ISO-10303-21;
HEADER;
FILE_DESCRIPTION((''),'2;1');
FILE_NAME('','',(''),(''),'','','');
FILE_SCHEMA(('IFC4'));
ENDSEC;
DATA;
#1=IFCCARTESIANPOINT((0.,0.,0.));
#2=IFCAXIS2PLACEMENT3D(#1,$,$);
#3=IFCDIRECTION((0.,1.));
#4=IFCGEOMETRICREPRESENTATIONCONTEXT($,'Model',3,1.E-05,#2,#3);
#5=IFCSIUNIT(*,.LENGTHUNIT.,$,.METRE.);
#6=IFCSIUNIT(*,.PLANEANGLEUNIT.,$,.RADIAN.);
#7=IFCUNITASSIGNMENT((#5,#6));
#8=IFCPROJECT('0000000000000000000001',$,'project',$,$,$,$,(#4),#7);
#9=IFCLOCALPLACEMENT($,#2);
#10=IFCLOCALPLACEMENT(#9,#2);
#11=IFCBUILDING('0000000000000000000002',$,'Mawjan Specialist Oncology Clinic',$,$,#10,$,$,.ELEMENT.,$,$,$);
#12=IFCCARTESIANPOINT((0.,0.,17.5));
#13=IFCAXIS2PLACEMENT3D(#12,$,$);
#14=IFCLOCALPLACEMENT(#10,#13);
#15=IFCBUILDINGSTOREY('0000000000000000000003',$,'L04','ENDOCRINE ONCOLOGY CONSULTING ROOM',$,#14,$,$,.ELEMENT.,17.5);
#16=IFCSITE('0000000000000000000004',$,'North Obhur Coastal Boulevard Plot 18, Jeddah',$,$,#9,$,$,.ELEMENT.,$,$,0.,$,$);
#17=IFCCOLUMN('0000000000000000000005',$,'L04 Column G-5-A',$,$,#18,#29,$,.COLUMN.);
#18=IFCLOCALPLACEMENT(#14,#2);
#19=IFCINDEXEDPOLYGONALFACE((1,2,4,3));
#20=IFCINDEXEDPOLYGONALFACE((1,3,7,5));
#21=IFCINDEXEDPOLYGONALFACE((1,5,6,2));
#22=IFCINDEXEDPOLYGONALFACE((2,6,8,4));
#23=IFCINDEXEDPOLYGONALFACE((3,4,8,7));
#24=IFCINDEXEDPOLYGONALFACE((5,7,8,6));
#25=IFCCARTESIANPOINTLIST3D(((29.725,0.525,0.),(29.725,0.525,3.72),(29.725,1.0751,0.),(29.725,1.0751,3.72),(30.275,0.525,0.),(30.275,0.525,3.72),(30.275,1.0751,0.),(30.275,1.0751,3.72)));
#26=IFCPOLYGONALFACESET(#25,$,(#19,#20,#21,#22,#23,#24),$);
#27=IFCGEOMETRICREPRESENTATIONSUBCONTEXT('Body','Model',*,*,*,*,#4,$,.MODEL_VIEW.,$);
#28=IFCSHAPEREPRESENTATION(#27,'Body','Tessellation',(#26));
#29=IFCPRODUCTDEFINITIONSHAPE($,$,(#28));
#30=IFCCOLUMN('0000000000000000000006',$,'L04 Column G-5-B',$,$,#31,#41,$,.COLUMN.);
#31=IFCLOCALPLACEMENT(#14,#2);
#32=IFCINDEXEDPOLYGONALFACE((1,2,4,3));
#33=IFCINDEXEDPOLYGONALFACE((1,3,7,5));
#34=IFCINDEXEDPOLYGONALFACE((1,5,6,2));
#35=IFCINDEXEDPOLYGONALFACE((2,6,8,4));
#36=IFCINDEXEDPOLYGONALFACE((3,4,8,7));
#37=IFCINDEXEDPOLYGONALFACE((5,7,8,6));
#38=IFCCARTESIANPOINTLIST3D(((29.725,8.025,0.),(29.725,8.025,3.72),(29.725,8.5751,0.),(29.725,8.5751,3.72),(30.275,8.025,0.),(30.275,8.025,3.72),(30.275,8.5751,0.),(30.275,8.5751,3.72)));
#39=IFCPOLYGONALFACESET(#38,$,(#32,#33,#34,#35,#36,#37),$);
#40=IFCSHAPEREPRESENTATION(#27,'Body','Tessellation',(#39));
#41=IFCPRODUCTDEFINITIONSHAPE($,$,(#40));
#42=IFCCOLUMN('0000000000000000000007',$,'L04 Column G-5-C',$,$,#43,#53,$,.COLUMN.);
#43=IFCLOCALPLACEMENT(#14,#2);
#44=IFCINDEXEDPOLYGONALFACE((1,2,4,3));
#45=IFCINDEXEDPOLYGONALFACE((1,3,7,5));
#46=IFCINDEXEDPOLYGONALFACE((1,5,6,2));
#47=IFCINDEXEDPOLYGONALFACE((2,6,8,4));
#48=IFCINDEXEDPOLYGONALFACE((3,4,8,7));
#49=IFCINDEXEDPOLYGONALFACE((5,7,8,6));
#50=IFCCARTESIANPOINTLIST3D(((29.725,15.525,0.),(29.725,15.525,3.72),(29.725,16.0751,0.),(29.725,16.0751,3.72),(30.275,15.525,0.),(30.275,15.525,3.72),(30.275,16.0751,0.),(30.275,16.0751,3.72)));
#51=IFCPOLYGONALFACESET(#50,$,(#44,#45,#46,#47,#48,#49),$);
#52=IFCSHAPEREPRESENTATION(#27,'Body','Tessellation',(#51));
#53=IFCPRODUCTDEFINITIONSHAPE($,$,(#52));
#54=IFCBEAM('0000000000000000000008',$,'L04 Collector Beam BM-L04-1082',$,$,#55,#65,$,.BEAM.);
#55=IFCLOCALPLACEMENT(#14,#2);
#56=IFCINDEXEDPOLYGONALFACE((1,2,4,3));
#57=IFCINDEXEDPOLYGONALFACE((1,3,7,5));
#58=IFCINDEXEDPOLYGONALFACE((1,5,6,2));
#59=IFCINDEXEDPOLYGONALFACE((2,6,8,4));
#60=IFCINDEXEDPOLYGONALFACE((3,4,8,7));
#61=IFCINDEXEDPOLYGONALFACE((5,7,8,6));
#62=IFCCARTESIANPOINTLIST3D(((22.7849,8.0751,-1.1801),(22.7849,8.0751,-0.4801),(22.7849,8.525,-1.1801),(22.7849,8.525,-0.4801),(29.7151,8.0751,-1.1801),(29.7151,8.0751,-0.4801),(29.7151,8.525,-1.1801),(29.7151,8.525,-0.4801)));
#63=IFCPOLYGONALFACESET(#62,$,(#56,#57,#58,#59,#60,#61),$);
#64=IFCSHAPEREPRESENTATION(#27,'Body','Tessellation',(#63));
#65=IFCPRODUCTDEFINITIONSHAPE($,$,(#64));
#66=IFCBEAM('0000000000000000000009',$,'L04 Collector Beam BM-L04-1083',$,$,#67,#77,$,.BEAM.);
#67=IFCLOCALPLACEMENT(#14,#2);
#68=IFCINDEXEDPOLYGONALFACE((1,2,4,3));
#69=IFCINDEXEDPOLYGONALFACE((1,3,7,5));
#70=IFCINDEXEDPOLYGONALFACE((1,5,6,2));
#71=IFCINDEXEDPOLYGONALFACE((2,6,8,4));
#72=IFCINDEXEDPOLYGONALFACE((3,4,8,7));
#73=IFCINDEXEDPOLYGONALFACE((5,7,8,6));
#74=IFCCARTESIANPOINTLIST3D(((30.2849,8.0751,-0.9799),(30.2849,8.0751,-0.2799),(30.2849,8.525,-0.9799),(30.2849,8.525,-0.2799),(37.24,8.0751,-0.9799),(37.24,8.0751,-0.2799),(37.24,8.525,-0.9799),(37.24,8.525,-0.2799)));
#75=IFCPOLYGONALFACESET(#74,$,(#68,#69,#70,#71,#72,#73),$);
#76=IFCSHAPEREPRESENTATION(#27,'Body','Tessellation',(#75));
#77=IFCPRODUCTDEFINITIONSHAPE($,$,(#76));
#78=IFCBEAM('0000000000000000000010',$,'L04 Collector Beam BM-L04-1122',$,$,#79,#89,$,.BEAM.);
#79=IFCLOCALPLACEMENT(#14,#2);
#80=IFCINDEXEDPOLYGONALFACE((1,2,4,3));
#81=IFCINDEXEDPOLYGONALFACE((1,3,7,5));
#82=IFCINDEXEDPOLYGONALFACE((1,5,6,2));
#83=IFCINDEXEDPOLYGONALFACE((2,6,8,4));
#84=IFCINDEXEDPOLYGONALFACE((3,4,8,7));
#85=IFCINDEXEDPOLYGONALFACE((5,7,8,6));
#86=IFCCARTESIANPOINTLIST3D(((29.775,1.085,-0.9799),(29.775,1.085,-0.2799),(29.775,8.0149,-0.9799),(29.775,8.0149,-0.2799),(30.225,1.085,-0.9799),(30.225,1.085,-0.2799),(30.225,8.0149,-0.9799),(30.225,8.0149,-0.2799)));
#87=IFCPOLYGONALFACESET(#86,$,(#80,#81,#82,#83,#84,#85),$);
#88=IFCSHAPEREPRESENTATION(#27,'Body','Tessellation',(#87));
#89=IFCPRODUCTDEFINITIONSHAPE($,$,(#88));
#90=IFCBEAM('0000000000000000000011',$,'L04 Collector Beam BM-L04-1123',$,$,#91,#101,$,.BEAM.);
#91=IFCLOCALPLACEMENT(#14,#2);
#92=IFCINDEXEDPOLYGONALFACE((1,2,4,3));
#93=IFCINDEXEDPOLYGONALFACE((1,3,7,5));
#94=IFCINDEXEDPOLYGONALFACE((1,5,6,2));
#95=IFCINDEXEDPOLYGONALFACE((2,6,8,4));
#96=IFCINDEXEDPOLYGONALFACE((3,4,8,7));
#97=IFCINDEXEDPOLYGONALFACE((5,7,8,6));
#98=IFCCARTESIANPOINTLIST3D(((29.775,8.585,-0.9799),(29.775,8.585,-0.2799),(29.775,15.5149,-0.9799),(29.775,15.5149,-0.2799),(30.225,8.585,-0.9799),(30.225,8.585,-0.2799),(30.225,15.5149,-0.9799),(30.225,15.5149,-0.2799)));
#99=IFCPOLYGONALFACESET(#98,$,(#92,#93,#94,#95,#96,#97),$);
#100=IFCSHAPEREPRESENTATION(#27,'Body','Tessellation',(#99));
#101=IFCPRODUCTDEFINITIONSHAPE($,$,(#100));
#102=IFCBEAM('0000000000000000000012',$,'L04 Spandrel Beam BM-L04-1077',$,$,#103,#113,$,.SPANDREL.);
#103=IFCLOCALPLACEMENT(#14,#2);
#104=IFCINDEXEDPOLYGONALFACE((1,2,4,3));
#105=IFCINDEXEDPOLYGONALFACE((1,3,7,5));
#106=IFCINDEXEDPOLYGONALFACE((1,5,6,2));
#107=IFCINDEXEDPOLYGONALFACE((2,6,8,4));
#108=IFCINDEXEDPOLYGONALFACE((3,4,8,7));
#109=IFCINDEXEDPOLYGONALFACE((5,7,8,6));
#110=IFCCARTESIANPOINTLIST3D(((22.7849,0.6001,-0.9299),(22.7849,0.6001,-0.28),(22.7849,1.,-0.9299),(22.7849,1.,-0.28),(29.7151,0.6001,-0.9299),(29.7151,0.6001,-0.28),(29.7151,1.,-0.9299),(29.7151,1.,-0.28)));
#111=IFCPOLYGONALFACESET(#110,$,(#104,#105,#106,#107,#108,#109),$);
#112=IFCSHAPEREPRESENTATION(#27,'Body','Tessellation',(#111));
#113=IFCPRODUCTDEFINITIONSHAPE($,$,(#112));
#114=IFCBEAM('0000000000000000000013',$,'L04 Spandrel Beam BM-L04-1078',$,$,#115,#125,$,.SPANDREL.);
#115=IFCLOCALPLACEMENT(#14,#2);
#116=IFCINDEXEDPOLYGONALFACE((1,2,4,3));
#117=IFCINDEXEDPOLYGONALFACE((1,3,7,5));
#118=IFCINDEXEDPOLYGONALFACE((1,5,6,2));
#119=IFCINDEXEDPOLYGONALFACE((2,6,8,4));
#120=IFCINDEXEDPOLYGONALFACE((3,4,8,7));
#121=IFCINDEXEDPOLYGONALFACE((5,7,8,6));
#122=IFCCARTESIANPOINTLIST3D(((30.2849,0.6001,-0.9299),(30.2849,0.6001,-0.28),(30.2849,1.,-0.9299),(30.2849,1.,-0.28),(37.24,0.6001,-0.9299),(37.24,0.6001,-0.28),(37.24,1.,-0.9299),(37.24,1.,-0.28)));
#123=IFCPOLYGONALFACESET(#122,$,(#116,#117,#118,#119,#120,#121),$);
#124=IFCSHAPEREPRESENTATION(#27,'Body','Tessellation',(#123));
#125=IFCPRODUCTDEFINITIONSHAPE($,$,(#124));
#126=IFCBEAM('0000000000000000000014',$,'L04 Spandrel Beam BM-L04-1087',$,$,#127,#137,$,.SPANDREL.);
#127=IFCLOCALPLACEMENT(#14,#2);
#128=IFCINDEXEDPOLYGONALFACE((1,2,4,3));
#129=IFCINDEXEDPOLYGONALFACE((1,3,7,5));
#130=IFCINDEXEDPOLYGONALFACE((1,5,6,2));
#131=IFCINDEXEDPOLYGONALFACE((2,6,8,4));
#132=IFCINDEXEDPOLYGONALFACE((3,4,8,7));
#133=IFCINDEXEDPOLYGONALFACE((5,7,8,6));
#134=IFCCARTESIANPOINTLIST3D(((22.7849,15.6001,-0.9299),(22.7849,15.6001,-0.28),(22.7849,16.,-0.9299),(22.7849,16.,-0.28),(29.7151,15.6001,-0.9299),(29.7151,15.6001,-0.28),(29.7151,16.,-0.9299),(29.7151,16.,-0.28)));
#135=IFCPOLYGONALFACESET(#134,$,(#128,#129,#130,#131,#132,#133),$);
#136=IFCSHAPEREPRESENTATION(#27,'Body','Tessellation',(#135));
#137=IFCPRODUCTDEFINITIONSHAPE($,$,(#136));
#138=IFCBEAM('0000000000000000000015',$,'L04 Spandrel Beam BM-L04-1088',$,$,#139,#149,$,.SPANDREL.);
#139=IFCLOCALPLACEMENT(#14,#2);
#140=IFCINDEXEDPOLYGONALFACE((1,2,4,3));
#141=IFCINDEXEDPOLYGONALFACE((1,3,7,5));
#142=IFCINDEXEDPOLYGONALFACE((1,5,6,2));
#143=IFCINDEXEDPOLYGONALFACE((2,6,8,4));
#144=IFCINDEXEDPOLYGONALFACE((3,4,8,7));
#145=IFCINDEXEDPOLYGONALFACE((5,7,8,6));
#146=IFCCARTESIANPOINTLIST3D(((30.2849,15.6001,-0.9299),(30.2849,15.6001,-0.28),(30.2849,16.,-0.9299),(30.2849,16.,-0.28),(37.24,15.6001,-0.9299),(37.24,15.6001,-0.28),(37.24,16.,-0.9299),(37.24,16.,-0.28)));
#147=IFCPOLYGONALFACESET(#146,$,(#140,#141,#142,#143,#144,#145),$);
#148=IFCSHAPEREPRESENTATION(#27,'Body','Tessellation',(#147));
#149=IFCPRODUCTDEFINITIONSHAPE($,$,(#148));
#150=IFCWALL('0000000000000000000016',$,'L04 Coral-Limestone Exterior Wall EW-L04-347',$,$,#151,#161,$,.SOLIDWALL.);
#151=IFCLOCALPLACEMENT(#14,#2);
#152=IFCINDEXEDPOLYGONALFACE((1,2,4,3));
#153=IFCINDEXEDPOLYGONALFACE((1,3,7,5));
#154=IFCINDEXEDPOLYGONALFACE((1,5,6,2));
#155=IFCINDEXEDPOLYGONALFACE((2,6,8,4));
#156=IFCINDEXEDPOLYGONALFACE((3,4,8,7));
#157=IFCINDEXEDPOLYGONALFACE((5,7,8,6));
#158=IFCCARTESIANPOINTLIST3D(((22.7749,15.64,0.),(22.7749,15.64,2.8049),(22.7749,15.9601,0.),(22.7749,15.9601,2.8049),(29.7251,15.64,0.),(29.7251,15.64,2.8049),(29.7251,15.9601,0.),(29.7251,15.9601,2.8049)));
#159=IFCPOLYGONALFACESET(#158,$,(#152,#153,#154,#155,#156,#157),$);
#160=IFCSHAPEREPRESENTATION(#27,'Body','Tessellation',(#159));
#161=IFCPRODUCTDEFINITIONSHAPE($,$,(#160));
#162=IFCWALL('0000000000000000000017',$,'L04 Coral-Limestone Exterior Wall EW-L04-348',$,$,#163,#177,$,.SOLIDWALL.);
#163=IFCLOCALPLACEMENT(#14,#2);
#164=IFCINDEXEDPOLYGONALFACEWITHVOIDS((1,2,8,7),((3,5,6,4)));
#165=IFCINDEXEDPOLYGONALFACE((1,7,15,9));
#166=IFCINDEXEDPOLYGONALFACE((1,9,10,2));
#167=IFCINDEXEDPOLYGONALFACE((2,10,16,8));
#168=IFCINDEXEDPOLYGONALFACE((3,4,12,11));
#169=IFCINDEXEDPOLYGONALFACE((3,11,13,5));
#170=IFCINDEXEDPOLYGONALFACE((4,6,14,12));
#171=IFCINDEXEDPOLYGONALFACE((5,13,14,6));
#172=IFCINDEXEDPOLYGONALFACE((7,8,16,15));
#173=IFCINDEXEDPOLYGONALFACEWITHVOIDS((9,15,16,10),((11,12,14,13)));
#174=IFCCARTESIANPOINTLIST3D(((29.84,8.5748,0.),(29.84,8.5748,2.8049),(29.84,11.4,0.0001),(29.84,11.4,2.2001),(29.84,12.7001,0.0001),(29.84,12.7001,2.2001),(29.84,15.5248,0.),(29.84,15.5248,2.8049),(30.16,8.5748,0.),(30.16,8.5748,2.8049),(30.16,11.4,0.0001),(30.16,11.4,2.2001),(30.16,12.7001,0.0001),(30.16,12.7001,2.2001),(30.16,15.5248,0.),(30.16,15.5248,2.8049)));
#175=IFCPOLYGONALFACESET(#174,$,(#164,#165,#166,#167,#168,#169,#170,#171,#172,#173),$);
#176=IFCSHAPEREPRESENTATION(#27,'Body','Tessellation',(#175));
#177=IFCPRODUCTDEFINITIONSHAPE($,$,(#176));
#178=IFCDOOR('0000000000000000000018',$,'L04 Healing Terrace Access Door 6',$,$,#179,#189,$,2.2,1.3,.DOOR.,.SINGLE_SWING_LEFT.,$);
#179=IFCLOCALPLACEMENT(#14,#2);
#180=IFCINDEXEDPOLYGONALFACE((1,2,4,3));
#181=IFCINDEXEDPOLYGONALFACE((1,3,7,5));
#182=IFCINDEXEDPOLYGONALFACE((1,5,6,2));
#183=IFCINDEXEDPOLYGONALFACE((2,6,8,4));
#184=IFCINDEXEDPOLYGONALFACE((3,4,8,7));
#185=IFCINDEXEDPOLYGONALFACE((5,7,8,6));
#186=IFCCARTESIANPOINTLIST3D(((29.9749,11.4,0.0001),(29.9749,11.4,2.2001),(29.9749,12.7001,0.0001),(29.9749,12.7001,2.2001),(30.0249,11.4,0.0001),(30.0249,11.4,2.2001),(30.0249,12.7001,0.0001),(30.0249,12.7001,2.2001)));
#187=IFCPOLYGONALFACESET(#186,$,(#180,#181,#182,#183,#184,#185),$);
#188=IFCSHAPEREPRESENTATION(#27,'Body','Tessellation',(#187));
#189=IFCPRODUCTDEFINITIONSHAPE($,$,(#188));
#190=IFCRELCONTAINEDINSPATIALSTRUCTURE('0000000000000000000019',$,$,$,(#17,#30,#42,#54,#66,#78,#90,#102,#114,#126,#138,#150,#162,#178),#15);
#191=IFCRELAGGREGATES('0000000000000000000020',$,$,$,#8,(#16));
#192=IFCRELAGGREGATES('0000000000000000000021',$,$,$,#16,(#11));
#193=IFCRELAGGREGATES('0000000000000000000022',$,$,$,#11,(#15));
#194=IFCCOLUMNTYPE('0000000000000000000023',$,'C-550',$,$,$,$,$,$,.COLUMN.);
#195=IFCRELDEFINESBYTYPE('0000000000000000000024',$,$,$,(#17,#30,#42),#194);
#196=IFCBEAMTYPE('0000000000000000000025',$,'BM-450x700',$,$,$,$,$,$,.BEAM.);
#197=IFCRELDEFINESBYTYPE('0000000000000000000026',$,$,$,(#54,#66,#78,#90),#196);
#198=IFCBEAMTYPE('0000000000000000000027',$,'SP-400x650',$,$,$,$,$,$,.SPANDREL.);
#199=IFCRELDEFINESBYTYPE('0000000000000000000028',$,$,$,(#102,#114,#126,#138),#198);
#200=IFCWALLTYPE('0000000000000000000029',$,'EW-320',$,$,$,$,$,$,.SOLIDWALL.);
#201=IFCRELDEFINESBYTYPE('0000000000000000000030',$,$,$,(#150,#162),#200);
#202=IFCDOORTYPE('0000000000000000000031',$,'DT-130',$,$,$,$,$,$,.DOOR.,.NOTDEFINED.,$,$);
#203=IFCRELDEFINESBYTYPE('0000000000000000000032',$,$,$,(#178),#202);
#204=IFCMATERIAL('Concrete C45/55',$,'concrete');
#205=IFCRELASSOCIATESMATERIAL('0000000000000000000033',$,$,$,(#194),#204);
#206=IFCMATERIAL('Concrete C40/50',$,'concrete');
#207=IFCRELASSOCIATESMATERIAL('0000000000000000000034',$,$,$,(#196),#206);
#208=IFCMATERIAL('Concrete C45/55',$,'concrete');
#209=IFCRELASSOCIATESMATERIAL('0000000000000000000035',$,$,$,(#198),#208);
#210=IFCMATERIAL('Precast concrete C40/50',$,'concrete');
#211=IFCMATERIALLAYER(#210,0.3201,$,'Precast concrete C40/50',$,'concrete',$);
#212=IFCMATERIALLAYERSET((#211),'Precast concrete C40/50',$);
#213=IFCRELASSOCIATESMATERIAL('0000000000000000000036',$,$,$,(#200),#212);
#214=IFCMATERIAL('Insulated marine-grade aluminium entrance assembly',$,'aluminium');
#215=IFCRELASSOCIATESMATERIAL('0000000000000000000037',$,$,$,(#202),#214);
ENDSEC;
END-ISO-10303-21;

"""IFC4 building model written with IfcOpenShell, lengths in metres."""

from ifc_helpers import new_model, si_unit, direction, frame, frame_2d, origin, origin_2d, place, context, subcontext, project, spatial, rectangle, extrude, material, layer, layer_set, material_profile, profile_set, type_object, element, fill, save


model = new_model("IFC4")

# Units and contexts
model_context = context("Model", 3, precision=1e-05, world=origin(), true_north=direction((0.0, 1.0)))
body_context = subcontext(model_context, "Body", "Model", "MODEL_VIEW")
ifc_project = project(units=[si_unit("LENGTHUNIT", "METRE"), si_unit("PLANEANGLEUNIT", "RADIAN")], contexts=[model_context])

# Site, building, storey
site_placement = place(None, origin())
site = spatial("IfcSite", under=ifc_project, at=site_placement, Name="North Obhur Coastal Boulevard Plot 18, Jeddah", CompositionType="ELEMENT", RefElevation=0.0)
building_placement = place(site_placement, origin())
building = spatial("IfcBuilding", under=site, at=building_placement, Name="Mawjan Specialist Oncology Clinic", CompositionType="ELEMENT")
storey_placement = place(building_placement, frame((0.0, 0.0, 17.5)))
storey = spatial("IfcBuildingStorey", under=building, at=storey_placement, Name="L04", Description="ENDOCRINE ONCOLOGY CONSULTING ROOM", CompositionType="ELEMENT", Elevation=17.5)

# Columns
ifc_material_1 = material(Name="Concrete C45/55", Category="concrete")
ifc_material_profile_1 = material_profile(ifc_material_1, rectangle(XDim=0.55, YDim=0.55, at=origin_2d()), Name="RC COL 550x550", Category="concrete")
ifc_profile_set_1 = profile_set([ifc_material_profile_1], Name="Concrete C45/55")
column_type = type_object("IfcColumnType", Name="C-550", PredefinedType="COLUMN", material=ifc_profile_set_1)
for number, where, z_axis, x_axis, name in (
    (1, (30.0, 0.8, 0.0), (0.0, 0.0, 1.0), (1.0, 0.0, 0.0), "L04 Column G-5-A"),
    (2, (30.0, 8.3, 0.0), (0.0, 0.0, 1.0), (1.0, 0.0, 0.0), "L04 Column G-5-B"),
    (3, (30.0, 15.8, 0.0), (0.0, 0.0, 1.0), (1.0, 0.0, 0.0), "L04 Column G-5-C"),
):
    element("IfcColumn", number, at=place(storey_placement, frame(where, z_axis=z_axis, x_axis=x_axis)), inside=storey, type_object=column_type, Name=name, PredefinedType="COLUMN", context=body_context, shape_type="SweptSolid", body=[
        extrude(rectangle(XDim=0.55, YDim=0.55, at=origin_2d()), origin(), (0.0, 0.0, 1.0), 3.72),
    ])

# Beams
ifc_material_2 = material(Name="Concrete C40/50", Category="concrete")
ifc_material_profile_2 = material_profile(ifc_material_2, rectangle(XDim=0.45, YDim=0.7, at=origin_2d()), Name="RC BM 450x700", Category="concrete")
ifc_profile_set_2 = profile_set([ifc_material_profile_2], Name="Concrete C40/50")
beam_type_1 = type_object("IfcBeamType", Name="BM-450x700", PredefinedType="BEAM", material=ifc_profile_set_2)
beam_1_placement = place(storey_placement, frame((22.7849, 8.3, -0.8301), z_axis=(1.0, 0.0, 0.0), x_axis=(0.0, 1.0, 0.0)))
element("IfcBeam", 4, at=beam_1_placement, inside=storey, type_object=beam_type_1, Name="L04 Collector Beam BM-L04-1082", PredefinedType="BEAM", context=body_context, shape_type="SweptSolid", body=[
    extrude(rectangle(XDim=0.45, YDim=0.7, at=origin_2d()), origin(), (0.0, 0.0, 1.0), 6.9302),
])
beam_2_placement = place(storey_placement, frame((30.2849, 8.3, -0.6299), z_axis=(1.0, 0.0, 0.0), x_axis=(0.0, 1.0, 0.0)))
element("IfcBeam", 5, at=beam_2_placement, inside=storey, type_object=beam_type_1, Name="L04 Collector Beam BM-L04-1083", PredefinedType="BEAM", context=body_context, shape_type="SweptSolid", body=[
    extrude(rectangle(XDim=0.45, YDim=0.7, at=origin_2d()), origin(), (0.0, 0.0, 1.0), 6.9551),
])
for number, where, z_axis, x_axis, name in (
    (6, (30.0, 1.085, -0.6299), (0.0, 1.0, 0.0), (-1.0, 0.0, 0.0), "L04 Collector Beam BM-L04-1122"),
    (7, (30.0, 8.585, -0.6299), (0.0, 1.0, 0.0), (-1.0, 0.0, 0.0), "L04 Collector Beam BM-L04-1123"),
):
    element("IfcBeam", number, at=place(storey_placement, frame(where, z_axis=z_axis, x_axis=x_axis)), inside=storey, type_object=beam_type_1, Name=name, PredefinedType="BEAM", context=body_context, shape_type="SweptSolid", body=[
        extrude(rectangle(XDim=0.45, YDim=0.7, at=origin_2d()), origin(), (0.0, 0.0, 1.0), 6.9299),
    ])
ifc_material_3 = material(Name="Concrete C45/55", Category="concrete")
ifc_material_profile_3 = material_profile(ifc_material_3, rectangle(XDim=0.3999, YDim=0.6499, at=origin_2d()), Name="RC BM 400x650", Category="concrete")
ifc_profile_set_3 = profile_set([ifc_material_profile_3], Name="Concrete C45/55")
beam_type_2 = type_object("IfcBeamType", Name="SP-400x650", PredefinedType="SPANDREL", material=ifc_profile_set_3)
beam_3_placement = place(storey_placement, frame((22.7849, 0.8, -0.605), z_axis=(1.0, 0.0, 0.0), x_axis=(0.0, 1.0, 0.0)))
element("IfcBeam", 8, at=beam_3_placement, inside=storey, type_object=beam_type_2, Name="L04 Spandrel Beam BM-L04-1077", PredefinedType="SPANDREL", context=body_context, shape_type="SweptSolid", body=[
    extrude(rectangle(XDim=0.3999, YDim=0.6499, at=origin_2d()), origin(), (0.0, 0.0, 1.0), 6.9302),
])
beam_4_placement = place(storey_placement, frame((30.2849, 0.8, -0.605), z_axis=(1.0, 0.0, 0.0), x_axis=(0.0, 1.0, 0.0)))
element("IfcBeam", 9, at=beam_4_placement, inside=storey, type_object=beam_type_2, Name="L04 Spandrel Beam BM-L04-1078", PredefinedType="SPANDREL", context=body_context, shape_type="SweptSolid", body=[
    extrude(rectangle(XDim=0.3999, YDim=0.6499, at=origin_2d()), origin(), (0.0, 0.0, 1.0), 6.9551),
])
beam_5_placement = place(storey_placement, frame((22.7849, 15.8, -0.605), z_axis=(1.0, 0.0, 0.0), x_axis=(0.0, 1.0, 0.0)))
element("IfcBeam", 10, at=beam_5_placement, inside=storey, type_object=beam_type_2, Name="L04 Spandrel Beam BM-L04-1087", PredefinedType="SPANDREL", context=body_context, shape_type="SweptSolid", body=[
    extrude(rectangle(XDim=0.3999, YDim=0.6499, at=origin_2d()), origin(), (0.0, 0.0, 1.0), 6.9302),
])
beam_6_placement = place(storey_placement, frame((30.2849, 15.8, -0.605), z_axis=(1.0, 0.0, 0.0), x_axis=(0.0, 1.0, 0.0)))
element("IfcBeam", 11, at=beam_6_placement, inside=storey, type_object=beam_type_2, Name="L04 Spandrel Beam BM-L04-1088", PredefinedType="SPANDREL", context=body_context, shape_type="SweptSolid", body=[
    extrude(rectangle(XDim=0.3999, YDim=0.6499, at=origin_2d()), origin(), (0.0, 0.0, 1.0), 6.9551),
])

# Wall
ifc_material_4 = material(Name="Precast concrete C40/50", Category="concrete")
ifc_layer_1 = layer(ifc_material_4, 0.3201, Name="Precast concrete C40/50", Category="concrete")
ifc_layer_set_1 = layer_set([ifc_layer_1], Name="Precast concrete C40/50")
wall_type_1 = type_object("IfcWallType", Name="EW-320", PredefinedType="SOLIDWALL", material=ifc_layer_set_1)
wall_1_placement = place(storey_placement, frame((22.7749, 15.8, 0.0), z_axis=(0.0, 0.0, 1.0), x_axis=(1.0, 0.0, 0.0)))
element("IfcWall", 12, at=wall_1_placement, inside=storey, type_object=wall_type_1, Name="L04 Coral-Limestone Exterior Wall EW-L04-347", PredefinedType="SOLIDWALL", context=body_context, shape_type="SweptSolid", body=[
    extrude(rectangle(XDim=6.9502, YDim=0.3201, at=frame_2d((3.4751, 0.0))), origin(), (0.0, 0.0, 1.0), 2.8049),
])

# Wall, opening, door
wall_2_placement = place(storey_placement, frame((30.0, 15.5249, 0.0), z_axis=(0.0, 0.0, 1.0), x_axis=(0.0, -1.0, 0.0)))
wall_2 = element("IfcWall", 13, at=wall_2_placement, inside=storey, type_object=wall_type_1, Name="L04 Coral-Limestone Exterior Wall EW-L04-348", PredefinedType="SOLIDWALL", context=body_context, shape_type="SweptSolid", body=[
    extrude(rectangle(XDim=6.95, YDim=0.3201, at=frame_2d((3.4751, 0.0))), origin(), (0.0, 0.0, 1.0), 2.8049),
])
opening_1_placement = place(wall_2_placement, frame((2.825, 0.0, 0.0)))
opening_1 = element("IfcOpeningElement", 14, at=opening_1_placement, cuts=wall_2, PredefinedType="OPENING", context=body_context, shape_type="SweptSolid", body=[
    extrude(rectangle(XDim=1.3, YDim=2.2, at=frame_2d((0.6499, 1.1001))), frame((0.0, 0.1721, 0.0), z_axis=(0.0, -1.0, 0.0), x_axis=(1.0, 0.0, 0.0)), (0.0, 0.0, 1.0), 0.344),
])
ifc_material_5 = material(Name="Insulated marine-grade aluminium entrance assembly", Category="aluminium")
door_type_1 = type_object("IfcDoorType", Name="DT-130", OperationType="NOTDEFINED", PredefinedType="DOOR", material=ifc_material_5)
door_1_placement = place(opening_1_placement, origin())
door_1 = element("IfcDoor", 15, at=door_1_placement, inside=storey, type_object=door_type_1, Name="L04 Healing Terrace Access Door 6", OperationType="SINGLE_SWING_LEFT", OverallHeight=2.2, OverallWidth=1.3, PredefinedType="DOOR", context=body_context, shape_type="SweptSolid", body=[
    extrude(rectangle(XDim=1.3, YDim=2.2, at=frame_2d((0.6499, 1.1001))), frame((0.0, 0.0249, 0.0), z_axis=(0.0, -1.0, 0.0), x_axis=(1.0, 0.0, 0.0)), (0.0, 0.0, 1.0), 0.05),
])
fill(opening_1, door_1)

save(model, "model.ifc")
